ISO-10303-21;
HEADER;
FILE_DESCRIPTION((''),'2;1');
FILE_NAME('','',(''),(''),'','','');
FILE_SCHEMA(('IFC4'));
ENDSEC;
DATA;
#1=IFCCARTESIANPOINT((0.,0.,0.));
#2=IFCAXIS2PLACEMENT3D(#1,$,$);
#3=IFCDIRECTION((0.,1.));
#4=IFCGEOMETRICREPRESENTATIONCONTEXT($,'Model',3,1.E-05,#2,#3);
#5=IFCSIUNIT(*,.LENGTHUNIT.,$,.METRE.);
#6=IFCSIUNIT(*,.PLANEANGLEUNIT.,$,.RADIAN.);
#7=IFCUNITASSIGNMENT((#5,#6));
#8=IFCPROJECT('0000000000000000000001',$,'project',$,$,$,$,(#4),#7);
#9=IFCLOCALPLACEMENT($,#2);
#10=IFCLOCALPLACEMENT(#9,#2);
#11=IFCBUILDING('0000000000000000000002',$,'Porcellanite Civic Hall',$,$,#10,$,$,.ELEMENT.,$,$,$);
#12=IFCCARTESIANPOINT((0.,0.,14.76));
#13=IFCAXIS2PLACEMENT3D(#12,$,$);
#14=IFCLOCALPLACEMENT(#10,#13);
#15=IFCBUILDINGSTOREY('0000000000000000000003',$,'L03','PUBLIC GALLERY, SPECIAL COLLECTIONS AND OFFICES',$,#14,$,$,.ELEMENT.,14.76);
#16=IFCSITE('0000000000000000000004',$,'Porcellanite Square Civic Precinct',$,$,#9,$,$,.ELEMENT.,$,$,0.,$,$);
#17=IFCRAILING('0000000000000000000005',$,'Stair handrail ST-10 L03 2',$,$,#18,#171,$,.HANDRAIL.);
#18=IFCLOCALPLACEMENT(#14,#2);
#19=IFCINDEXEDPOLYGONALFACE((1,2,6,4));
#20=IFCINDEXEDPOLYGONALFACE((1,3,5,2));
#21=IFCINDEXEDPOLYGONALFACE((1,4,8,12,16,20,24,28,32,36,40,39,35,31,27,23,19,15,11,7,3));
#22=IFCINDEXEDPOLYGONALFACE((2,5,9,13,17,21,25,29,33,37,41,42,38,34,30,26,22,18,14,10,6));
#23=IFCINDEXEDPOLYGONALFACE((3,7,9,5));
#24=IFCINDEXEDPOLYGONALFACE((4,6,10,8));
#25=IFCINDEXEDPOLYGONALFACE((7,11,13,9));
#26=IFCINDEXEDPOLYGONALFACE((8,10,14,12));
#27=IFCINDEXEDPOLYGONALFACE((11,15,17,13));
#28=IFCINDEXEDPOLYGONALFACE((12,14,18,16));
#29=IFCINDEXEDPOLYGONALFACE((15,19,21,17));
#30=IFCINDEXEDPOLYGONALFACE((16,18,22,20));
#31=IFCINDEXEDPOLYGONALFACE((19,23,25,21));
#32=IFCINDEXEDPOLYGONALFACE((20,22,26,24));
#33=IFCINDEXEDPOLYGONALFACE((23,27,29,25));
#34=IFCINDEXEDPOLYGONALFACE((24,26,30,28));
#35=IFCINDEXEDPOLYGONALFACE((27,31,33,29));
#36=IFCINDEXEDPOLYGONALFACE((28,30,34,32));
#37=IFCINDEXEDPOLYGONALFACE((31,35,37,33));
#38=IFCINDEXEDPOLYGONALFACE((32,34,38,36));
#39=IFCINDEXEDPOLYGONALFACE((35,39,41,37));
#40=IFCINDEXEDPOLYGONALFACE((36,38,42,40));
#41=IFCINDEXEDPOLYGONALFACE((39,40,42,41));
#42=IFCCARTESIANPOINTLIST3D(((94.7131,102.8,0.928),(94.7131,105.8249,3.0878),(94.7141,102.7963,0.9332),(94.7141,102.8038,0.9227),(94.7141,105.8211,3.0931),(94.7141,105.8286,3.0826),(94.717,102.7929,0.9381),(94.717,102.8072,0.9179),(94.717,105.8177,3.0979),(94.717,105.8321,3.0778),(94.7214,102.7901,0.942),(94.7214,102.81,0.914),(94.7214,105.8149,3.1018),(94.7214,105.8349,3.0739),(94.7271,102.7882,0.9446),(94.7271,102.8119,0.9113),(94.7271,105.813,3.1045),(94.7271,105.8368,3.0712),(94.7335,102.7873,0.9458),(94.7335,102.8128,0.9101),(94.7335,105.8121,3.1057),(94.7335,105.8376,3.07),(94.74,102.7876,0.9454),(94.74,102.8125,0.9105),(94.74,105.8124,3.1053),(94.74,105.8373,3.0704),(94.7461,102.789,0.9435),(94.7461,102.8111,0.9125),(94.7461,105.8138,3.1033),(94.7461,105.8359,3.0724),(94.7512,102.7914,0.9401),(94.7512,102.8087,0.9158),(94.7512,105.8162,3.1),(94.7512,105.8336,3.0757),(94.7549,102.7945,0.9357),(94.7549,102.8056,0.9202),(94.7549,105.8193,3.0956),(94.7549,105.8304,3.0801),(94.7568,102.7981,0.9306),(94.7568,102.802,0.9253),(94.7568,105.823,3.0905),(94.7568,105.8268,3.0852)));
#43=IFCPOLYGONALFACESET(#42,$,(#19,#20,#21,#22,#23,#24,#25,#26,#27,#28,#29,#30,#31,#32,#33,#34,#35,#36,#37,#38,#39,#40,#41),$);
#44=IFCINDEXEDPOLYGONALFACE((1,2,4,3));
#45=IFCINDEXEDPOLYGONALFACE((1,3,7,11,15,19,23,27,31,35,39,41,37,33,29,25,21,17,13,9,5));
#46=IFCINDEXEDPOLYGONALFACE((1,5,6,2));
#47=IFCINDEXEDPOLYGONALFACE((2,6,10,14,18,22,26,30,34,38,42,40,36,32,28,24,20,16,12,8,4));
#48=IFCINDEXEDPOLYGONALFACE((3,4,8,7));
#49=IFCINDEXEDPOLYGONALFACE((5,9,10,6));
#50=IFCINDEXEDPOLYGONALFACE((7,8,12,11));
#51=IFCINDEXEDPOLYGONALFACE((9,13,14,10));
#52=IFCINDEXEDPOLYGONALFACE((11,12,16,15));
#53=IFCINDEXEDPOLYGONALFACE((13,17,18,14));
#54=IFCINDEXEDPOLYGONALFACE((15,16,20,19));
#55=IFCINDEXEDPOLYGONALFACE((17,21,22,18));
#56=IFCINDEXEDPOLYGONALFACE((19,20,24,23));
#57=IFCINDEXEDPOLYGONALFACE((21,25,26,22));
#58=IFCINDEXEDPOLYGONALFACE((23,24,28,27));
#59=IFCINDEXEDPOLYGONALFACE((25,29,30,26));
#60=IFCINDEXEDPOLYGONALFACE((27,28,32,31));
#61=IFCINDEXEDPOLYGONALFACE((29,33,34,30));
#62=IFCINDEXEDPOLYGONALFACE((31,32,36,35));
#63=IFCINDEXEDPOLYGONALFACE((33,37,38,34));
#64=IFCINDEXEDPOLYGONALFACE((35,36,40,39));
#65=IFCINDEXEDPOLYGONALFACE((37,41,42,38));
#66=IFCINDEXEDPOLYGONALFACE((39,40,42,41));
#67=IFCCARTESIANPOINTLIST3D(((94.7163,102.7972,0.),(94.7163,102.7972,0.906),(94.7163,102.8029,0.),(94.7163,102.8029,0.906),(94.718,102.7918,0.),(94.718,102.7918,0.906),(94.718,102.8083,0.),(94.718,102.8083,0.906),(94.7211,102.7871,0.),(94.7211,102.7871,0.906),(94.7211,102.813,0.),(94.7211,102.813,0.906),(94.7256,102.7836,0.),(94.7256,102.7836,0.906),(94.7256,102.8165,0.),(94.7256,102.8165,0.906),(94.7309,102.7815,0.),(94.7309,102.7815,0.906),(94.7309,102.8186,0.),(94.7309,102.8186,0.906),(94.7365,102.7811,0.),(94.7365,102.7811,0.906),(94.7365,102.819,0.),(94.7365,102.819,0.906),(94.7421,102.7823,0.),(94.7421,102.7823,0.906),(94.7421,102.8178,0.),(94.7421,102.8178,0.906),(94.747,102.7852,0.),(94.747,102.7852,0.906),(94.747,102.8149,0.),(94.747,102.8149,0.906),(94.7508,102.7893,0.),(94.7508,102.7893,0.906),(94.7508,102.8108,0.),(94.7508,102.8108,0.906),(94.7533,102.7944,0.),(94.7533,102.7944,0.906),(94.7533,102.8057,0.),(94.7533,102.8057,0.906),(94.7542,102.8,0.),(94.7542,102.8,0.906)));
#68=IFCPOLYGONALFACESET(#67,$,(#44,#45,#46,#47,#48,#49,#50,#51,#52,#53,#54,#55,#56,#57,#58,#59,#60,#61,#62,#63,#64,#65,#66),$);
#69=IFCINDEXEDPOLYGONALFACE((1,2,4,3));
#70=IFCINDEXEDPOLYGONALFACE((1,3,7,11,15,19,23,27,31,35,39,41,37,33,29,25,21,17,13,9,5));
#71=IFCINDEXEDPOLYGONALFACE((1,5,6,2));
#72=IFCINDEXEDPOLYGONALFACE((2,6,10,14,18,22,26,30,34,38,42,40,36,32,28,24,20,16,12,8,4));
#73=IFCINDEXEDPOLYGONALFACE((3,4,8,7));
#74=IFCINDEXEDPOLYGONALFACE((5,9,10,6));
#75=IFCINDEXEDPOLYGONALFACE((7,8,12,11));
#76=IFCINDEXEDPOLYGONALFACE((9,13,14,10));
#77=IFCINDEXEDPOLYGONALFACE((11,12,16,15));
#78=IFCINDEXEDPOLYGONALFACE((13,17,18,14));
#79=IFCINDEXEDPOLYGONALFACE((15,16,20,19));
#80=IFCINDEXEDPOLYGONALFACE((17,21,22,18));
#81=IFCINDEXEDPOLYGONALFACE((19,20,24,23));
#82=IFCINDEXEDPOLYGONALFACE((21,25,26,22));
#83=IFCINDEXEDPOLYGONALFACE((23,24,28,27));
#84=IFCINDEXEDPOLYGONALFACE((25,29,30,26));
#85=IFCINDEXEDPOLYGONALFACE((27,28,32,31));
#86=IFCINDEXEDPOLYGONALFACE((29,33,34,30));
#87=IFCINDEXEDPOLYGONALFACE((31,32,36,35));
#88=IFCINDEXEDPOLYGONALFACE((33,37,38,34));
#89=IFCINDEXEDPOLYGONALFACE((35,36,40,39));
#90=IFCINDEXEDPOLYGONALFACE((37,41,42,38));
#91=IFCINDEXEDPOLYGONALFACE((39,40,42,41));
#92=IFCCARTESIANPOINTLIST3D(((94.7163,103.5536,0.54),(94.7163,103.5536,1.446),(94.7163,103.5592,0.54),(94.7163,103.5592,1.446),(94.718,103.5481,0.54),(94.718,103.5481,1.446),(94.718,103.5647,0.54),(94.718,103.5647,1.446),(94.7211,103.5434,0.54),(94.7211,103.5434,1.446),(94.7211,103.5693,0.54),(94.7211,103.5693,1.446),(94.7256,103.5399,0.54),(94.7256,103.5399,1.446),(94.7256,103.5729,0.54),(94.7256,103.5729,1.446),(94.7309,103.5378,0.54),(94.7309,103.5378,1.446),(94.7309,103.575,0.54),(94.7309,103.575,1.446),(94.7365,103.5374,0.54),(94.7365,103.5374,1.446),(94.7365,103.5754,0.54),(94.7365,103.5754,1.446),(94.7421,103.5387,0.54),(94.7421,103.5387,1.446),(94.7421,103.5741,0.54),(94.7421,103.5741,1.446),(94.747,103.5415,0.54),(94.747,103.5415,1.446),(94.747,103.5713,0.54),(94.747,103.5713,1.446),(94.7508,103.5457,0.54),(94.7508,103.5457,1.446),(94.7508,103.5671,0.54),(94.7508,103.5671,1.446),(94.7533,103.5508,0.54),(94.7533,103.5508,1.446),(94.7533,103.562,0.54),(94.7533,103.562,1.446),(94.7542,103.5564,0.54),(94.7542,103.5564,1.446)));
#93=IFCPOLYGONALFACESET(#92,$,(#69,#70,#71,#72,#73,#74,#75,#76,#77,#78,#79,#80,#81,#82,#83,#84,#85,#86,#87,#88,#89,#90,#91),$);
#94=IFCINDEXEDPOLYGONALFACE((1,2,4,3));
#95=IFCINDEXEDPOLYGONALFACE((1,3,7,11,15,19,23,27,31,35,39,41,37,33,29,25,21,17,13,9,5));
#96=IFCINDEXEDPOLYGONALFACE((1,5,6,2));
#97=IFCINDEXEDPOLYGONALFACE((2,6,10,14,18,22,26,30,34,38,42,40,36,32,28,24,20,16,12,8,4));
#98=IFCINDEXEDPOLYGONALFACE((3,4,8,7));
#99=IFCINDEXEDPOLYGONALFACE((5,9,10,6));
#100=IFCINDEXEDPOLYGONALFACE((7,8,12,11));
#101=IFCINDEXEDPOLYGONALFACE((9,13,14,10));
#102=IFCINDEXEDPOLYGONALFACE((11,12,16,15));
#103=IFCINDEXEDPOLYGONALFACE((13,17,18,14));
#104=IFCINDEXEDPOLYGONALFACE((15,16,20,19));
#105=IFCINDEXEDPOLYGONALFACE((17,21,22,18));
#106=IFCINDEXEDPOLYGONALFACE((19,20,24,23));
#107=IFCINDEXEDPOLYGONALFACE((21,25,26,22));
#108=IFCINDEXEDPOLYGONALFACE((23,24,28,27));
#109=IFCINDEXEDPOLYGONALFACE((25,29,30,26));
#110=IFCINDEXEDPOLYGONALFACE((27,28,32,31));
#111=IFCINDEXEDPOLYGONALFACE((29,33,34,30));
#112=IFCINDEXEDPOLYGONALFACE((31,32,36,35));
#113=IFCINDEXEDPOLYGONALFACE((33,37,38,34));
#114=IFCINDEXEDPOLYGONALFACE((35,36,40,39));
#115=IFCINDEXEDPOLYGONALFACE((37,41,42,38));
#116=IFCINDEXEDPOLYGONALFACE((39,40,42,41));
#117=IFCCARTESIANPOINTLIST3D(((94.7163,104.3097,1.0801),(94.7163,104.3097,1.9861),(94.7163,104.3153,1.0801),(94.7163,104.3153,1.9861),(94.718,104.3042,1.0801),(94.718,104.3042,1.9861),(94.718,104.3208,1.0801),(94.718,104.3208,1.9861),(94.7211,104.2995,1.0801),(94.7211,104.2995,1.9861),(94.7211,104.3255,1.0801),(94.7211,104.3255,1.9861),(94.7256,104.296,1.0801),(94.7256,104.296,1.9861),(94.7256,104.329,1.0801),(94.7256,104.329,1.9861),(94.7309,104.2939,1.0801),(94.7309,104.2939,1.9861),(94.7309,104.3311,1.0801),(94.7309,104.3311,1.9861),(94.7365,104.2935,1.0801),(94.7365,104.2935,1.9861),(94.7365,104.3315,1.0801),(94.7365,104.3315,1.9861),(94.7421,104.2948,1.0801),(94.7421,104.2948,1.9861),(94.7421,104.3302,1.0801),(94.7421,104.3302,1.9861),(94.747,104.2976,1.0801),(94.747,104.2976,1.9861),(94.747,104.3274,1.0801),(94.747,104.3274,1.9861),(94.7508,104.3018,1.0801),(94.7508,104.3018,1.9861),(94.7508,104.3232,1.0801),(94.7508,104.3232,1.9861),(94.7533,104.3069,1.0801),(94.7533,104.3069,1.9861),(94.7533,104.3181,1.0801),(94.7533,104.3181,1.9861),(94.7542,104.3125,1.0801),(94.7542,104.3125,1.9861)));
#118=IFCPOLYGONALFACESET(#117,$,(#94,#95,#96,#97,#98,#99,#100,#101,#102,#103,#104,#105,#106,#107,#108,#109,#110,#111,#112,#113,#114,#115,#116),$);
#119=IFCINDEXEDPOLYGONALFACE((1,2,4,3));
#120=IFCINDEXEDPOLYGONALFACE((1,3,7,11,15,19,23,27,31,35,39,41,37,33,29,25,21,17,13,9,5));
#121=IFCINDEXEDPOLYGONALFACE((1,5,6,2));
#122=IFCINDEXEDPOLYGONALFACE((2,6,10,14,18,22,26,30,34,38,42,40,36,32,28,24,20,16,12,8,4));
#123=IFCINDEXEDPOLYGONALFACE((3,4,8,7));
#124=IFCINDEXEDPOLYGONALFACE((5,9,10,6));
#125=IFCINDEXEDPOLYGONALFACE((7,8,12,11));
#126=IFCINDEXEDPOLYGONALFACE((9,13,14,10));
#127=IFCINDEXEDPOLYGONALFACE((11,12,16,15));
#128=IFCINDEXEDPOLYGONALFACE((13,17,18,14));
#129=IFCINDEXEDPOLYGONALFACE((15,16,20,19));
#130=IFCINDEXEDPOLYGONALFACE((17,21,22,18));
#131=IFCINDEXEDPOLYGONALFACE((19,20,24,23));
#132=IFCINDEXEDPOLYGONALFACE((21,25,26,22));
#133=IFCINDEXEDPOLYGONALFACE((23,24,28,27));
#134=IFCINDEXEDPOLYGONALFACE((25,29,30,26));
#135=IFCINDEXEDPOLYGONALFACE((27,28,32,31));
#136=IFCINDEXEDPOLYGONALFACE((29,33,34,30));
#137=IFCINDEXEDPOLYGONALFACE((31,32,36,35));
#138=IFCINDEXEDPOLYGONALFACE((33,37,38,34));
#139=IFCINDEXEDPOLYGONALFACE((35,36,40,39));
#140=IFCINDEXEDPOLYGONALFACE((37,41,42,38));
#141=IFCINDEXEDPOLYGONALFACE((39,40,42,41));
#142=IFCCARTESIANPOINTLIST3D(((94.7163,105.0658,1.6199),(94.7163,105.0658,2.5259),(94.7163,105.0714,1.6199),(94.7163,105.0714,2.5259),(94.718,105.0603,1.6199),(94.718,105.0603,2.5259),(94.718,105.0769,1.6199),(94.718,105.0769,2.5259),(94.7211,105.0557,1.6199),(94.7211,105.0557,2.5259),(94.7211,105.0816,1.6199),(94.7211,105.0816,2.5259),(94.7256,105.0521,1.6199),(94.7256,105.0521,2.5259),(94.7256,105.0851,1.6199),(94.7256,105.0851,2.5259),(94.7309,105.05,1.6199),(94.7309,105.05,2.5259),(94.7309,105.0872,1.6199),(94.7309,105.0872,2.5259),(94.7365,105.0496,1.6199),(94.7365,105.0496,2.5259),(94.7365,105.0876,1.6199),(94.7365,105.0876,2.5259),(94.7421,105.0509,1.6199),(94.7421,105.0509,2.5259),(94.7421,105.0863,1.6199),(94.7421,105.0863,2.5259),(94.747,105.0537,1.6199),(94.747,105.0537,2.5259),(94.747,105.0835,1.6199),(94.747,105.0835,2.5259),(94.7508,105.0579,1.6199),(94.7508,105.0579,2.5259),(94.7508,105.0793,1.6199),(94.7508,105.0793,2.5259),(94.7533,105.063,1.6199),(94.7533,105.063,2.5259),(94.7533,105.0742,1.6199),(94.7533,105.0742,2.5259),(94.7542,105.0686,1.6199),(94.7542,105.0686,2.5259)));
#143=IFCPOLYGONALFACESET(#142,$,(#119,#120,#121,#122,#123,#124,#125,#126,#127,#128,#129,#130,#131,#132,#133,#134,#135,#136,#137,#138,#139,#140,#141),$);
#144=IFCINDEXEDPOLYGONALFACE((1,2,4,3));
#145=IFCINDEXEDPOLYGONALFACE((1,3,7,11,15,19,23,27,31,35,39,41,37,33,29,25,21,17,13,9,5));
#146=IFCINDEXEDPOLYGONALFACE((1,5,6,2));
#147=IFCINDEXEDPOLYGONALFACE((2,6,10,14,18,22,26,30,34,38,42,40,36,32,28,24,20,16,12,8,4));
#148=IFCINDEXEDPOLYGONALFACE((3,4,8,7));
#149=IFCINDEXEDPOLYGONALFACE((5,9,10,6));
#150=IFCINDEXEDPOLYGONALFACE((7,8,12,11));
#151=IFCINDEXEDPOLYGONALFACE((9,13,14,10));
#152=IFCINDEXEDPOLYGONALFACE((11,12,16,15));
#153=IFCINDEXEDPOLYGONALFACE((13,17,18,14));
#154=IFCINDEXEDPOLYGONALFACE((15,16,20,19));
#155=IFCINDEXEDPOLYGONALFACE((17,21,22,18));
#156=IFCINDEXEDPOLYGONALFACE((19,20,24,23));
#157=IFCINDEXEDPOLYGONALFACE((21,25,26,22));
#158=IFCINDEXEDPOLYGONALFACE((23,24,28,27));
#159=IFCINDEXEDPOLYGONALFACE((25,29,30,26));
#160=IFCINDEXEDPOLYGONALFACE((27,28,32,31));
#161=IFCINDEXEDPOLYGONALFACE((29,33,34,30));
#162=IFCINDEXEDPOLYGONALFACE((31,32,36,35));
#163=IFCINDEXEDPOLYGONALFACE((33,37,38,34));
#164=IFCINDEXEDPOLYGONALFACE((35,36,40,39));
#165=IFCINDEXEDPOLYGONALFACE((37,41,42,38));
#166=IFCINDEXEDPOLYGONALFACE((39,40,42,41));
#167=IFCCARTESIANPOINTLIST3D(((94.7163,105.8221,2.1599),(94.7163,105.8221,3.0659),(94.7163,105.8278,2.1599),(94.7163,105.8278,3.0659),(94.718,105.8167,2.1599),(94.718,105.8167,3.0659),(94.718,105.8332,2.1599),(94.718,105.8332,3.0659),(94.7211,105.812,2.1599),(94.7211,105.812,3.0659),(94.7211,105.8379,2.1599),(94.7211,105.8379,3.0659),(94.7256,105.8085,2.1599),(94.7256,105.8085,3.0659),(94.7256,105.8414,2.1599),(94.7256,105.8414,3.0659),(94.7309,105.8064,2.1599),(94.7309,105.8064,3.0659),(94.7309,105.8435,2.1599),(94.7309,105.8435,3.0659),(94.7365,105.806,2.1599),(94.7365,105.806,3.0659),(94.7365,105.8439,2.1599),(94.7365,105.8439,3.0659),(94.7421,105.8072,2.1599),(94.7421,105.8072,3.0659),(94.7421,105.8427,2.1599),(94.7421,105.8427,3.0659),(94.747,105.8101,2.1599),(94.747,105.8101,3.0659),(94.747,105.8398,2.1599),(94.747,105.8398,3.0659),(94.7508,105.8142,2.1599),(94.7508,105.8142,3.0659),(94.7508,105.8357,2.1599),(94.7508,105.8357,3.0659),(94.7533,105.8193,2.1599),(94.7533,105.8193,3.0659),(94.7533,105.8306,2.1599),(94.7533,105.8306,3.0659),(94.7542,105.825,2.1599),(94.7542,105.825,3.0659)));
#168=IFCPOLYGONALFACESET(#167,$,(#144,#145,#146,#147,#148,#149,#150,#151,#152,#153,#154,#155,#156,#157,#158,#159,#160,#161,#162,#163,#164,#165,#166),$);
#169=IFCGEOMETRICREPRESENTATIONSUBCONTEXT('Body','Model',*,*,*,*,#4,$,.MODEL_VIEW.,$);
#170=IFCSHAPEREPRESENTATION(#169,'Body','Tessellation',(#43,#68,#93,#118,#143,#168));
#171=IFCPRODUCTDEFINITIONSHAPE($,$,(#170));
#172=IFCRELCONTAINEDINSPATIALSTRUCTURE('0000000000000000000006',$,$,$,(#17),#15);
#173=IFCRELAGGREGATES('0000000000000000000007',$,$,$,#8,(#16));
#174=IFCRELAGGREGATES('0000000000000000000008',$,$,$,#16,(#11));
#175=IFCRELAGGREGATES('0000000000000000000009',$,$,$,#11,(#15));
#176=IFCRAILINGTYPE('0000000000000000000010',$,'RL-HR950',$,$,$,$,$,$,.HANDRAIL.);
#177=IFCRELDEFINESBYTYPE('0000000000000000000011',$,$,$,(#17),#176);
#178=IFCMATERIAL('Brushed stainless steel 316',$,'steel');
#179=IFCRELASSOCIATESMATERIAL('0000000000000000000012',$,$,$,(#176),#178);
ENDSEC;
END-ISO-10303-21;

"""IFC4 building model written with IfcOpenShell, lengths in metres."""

from ifc_helpers import new_model, si_unit, direction, frame, origin, origin_2d, place, context, subcontext, project, spatial, circle, extrude, material, type_object, element, save


model = new_model("IFC4")

# Units and contexts
model_context = context("Model", 3, precision=1e-05, world=origin(), true_north=direction((0.0, 1.0)))
body_context = subcontext(model_context, "Body", "Model", "MODEL_VIEW")
ifc_project = project(units=[si_unit("LENGTHUNIT", "METRE"), si_unit("PLANEANGLEUNIT", "RADIAN")], contexts=[model_context])

# Site, building, storey
site_placement = place(None, origin())
site = spatial("IfcSite", under=ifc_project, at=site_placement, Name="Porcellanite Square Civic Precinct", CompositionType="ELEMENT", RefElevation=0.0)
building_placement = place(site_placement, origin())
building = spatial("IfcBuilding", under=site, at=building_placement, Name="Porcellanite Civic Hall", CompositionType="ELEMENT")
storey_placement = place(building_placement, frame((0.0, 0.0, 14.76)))
storey = spatial("IfcBuildingStorey", under=building, at=storey_placement, Name="L03", Description="PUBLIC GALLERY, SPECIAL COLLECTIONS AND OFFICES", CompositionType="ELEMENT", Elevation=14.76)

# Railing
ifc_material_1 = material(Name="Brushed stainless steel 316", Category="steel")
railing_type_1 = type_object("IfcRailingType", Name="RL-HR950", PredefinedType="HANDRAIL", material=ifc_material_1)
railing_1_placement = place(storey_placement, frame((94.7351, 102.8, 0.0)))
element("IfcRailing", 1, at=railing_1_placement, inside=storey, type_object=railing_type_1, Name="Stair handrail ST-10 L03 2", PredefinedType="HANDRAIL", context=body_context, shape_type="SweptSolid", body=[
    extrude(circle(Radius=0.022, at=origin_2d()), frame((0.0, 0.0, 0.928), z_axis=(0.0, 0.813827, 0.581108), x_axis=(-1.0, 0.0, 0.0)), (0.0, 0.0, 1.0), 3.7168),
    extrude(circle(Radius=0.019, at=origin_2d()), origin(), (0.0, 0.0, 1.0), 0.906),
    extrude(circle(Radius=0.019, at=origin_2d()), frame((0.0, 0.7563, 0.54)), (0.0, 0.0, 1.0), 0.906),
    extrude(circle(Radius=0.019, at=origin_2d()), frame((0.0, 1.5125, 1.0801)), (0.0, 0.0, 1.0), 0.906),
    extrude(circle(Radius=0.019, at=origin_2d()), frame((0.0, 2.2686, 1.6199)), (0.0, 0.0, 1.0), 0.906),
    extrude(circle(Radius=0.019, at=origin_2d()), frame((0.0, 3.0249, 2.1599)), (0.0, 0.0, 1.0), 0.906),
])

save(model, "model.ifc")
